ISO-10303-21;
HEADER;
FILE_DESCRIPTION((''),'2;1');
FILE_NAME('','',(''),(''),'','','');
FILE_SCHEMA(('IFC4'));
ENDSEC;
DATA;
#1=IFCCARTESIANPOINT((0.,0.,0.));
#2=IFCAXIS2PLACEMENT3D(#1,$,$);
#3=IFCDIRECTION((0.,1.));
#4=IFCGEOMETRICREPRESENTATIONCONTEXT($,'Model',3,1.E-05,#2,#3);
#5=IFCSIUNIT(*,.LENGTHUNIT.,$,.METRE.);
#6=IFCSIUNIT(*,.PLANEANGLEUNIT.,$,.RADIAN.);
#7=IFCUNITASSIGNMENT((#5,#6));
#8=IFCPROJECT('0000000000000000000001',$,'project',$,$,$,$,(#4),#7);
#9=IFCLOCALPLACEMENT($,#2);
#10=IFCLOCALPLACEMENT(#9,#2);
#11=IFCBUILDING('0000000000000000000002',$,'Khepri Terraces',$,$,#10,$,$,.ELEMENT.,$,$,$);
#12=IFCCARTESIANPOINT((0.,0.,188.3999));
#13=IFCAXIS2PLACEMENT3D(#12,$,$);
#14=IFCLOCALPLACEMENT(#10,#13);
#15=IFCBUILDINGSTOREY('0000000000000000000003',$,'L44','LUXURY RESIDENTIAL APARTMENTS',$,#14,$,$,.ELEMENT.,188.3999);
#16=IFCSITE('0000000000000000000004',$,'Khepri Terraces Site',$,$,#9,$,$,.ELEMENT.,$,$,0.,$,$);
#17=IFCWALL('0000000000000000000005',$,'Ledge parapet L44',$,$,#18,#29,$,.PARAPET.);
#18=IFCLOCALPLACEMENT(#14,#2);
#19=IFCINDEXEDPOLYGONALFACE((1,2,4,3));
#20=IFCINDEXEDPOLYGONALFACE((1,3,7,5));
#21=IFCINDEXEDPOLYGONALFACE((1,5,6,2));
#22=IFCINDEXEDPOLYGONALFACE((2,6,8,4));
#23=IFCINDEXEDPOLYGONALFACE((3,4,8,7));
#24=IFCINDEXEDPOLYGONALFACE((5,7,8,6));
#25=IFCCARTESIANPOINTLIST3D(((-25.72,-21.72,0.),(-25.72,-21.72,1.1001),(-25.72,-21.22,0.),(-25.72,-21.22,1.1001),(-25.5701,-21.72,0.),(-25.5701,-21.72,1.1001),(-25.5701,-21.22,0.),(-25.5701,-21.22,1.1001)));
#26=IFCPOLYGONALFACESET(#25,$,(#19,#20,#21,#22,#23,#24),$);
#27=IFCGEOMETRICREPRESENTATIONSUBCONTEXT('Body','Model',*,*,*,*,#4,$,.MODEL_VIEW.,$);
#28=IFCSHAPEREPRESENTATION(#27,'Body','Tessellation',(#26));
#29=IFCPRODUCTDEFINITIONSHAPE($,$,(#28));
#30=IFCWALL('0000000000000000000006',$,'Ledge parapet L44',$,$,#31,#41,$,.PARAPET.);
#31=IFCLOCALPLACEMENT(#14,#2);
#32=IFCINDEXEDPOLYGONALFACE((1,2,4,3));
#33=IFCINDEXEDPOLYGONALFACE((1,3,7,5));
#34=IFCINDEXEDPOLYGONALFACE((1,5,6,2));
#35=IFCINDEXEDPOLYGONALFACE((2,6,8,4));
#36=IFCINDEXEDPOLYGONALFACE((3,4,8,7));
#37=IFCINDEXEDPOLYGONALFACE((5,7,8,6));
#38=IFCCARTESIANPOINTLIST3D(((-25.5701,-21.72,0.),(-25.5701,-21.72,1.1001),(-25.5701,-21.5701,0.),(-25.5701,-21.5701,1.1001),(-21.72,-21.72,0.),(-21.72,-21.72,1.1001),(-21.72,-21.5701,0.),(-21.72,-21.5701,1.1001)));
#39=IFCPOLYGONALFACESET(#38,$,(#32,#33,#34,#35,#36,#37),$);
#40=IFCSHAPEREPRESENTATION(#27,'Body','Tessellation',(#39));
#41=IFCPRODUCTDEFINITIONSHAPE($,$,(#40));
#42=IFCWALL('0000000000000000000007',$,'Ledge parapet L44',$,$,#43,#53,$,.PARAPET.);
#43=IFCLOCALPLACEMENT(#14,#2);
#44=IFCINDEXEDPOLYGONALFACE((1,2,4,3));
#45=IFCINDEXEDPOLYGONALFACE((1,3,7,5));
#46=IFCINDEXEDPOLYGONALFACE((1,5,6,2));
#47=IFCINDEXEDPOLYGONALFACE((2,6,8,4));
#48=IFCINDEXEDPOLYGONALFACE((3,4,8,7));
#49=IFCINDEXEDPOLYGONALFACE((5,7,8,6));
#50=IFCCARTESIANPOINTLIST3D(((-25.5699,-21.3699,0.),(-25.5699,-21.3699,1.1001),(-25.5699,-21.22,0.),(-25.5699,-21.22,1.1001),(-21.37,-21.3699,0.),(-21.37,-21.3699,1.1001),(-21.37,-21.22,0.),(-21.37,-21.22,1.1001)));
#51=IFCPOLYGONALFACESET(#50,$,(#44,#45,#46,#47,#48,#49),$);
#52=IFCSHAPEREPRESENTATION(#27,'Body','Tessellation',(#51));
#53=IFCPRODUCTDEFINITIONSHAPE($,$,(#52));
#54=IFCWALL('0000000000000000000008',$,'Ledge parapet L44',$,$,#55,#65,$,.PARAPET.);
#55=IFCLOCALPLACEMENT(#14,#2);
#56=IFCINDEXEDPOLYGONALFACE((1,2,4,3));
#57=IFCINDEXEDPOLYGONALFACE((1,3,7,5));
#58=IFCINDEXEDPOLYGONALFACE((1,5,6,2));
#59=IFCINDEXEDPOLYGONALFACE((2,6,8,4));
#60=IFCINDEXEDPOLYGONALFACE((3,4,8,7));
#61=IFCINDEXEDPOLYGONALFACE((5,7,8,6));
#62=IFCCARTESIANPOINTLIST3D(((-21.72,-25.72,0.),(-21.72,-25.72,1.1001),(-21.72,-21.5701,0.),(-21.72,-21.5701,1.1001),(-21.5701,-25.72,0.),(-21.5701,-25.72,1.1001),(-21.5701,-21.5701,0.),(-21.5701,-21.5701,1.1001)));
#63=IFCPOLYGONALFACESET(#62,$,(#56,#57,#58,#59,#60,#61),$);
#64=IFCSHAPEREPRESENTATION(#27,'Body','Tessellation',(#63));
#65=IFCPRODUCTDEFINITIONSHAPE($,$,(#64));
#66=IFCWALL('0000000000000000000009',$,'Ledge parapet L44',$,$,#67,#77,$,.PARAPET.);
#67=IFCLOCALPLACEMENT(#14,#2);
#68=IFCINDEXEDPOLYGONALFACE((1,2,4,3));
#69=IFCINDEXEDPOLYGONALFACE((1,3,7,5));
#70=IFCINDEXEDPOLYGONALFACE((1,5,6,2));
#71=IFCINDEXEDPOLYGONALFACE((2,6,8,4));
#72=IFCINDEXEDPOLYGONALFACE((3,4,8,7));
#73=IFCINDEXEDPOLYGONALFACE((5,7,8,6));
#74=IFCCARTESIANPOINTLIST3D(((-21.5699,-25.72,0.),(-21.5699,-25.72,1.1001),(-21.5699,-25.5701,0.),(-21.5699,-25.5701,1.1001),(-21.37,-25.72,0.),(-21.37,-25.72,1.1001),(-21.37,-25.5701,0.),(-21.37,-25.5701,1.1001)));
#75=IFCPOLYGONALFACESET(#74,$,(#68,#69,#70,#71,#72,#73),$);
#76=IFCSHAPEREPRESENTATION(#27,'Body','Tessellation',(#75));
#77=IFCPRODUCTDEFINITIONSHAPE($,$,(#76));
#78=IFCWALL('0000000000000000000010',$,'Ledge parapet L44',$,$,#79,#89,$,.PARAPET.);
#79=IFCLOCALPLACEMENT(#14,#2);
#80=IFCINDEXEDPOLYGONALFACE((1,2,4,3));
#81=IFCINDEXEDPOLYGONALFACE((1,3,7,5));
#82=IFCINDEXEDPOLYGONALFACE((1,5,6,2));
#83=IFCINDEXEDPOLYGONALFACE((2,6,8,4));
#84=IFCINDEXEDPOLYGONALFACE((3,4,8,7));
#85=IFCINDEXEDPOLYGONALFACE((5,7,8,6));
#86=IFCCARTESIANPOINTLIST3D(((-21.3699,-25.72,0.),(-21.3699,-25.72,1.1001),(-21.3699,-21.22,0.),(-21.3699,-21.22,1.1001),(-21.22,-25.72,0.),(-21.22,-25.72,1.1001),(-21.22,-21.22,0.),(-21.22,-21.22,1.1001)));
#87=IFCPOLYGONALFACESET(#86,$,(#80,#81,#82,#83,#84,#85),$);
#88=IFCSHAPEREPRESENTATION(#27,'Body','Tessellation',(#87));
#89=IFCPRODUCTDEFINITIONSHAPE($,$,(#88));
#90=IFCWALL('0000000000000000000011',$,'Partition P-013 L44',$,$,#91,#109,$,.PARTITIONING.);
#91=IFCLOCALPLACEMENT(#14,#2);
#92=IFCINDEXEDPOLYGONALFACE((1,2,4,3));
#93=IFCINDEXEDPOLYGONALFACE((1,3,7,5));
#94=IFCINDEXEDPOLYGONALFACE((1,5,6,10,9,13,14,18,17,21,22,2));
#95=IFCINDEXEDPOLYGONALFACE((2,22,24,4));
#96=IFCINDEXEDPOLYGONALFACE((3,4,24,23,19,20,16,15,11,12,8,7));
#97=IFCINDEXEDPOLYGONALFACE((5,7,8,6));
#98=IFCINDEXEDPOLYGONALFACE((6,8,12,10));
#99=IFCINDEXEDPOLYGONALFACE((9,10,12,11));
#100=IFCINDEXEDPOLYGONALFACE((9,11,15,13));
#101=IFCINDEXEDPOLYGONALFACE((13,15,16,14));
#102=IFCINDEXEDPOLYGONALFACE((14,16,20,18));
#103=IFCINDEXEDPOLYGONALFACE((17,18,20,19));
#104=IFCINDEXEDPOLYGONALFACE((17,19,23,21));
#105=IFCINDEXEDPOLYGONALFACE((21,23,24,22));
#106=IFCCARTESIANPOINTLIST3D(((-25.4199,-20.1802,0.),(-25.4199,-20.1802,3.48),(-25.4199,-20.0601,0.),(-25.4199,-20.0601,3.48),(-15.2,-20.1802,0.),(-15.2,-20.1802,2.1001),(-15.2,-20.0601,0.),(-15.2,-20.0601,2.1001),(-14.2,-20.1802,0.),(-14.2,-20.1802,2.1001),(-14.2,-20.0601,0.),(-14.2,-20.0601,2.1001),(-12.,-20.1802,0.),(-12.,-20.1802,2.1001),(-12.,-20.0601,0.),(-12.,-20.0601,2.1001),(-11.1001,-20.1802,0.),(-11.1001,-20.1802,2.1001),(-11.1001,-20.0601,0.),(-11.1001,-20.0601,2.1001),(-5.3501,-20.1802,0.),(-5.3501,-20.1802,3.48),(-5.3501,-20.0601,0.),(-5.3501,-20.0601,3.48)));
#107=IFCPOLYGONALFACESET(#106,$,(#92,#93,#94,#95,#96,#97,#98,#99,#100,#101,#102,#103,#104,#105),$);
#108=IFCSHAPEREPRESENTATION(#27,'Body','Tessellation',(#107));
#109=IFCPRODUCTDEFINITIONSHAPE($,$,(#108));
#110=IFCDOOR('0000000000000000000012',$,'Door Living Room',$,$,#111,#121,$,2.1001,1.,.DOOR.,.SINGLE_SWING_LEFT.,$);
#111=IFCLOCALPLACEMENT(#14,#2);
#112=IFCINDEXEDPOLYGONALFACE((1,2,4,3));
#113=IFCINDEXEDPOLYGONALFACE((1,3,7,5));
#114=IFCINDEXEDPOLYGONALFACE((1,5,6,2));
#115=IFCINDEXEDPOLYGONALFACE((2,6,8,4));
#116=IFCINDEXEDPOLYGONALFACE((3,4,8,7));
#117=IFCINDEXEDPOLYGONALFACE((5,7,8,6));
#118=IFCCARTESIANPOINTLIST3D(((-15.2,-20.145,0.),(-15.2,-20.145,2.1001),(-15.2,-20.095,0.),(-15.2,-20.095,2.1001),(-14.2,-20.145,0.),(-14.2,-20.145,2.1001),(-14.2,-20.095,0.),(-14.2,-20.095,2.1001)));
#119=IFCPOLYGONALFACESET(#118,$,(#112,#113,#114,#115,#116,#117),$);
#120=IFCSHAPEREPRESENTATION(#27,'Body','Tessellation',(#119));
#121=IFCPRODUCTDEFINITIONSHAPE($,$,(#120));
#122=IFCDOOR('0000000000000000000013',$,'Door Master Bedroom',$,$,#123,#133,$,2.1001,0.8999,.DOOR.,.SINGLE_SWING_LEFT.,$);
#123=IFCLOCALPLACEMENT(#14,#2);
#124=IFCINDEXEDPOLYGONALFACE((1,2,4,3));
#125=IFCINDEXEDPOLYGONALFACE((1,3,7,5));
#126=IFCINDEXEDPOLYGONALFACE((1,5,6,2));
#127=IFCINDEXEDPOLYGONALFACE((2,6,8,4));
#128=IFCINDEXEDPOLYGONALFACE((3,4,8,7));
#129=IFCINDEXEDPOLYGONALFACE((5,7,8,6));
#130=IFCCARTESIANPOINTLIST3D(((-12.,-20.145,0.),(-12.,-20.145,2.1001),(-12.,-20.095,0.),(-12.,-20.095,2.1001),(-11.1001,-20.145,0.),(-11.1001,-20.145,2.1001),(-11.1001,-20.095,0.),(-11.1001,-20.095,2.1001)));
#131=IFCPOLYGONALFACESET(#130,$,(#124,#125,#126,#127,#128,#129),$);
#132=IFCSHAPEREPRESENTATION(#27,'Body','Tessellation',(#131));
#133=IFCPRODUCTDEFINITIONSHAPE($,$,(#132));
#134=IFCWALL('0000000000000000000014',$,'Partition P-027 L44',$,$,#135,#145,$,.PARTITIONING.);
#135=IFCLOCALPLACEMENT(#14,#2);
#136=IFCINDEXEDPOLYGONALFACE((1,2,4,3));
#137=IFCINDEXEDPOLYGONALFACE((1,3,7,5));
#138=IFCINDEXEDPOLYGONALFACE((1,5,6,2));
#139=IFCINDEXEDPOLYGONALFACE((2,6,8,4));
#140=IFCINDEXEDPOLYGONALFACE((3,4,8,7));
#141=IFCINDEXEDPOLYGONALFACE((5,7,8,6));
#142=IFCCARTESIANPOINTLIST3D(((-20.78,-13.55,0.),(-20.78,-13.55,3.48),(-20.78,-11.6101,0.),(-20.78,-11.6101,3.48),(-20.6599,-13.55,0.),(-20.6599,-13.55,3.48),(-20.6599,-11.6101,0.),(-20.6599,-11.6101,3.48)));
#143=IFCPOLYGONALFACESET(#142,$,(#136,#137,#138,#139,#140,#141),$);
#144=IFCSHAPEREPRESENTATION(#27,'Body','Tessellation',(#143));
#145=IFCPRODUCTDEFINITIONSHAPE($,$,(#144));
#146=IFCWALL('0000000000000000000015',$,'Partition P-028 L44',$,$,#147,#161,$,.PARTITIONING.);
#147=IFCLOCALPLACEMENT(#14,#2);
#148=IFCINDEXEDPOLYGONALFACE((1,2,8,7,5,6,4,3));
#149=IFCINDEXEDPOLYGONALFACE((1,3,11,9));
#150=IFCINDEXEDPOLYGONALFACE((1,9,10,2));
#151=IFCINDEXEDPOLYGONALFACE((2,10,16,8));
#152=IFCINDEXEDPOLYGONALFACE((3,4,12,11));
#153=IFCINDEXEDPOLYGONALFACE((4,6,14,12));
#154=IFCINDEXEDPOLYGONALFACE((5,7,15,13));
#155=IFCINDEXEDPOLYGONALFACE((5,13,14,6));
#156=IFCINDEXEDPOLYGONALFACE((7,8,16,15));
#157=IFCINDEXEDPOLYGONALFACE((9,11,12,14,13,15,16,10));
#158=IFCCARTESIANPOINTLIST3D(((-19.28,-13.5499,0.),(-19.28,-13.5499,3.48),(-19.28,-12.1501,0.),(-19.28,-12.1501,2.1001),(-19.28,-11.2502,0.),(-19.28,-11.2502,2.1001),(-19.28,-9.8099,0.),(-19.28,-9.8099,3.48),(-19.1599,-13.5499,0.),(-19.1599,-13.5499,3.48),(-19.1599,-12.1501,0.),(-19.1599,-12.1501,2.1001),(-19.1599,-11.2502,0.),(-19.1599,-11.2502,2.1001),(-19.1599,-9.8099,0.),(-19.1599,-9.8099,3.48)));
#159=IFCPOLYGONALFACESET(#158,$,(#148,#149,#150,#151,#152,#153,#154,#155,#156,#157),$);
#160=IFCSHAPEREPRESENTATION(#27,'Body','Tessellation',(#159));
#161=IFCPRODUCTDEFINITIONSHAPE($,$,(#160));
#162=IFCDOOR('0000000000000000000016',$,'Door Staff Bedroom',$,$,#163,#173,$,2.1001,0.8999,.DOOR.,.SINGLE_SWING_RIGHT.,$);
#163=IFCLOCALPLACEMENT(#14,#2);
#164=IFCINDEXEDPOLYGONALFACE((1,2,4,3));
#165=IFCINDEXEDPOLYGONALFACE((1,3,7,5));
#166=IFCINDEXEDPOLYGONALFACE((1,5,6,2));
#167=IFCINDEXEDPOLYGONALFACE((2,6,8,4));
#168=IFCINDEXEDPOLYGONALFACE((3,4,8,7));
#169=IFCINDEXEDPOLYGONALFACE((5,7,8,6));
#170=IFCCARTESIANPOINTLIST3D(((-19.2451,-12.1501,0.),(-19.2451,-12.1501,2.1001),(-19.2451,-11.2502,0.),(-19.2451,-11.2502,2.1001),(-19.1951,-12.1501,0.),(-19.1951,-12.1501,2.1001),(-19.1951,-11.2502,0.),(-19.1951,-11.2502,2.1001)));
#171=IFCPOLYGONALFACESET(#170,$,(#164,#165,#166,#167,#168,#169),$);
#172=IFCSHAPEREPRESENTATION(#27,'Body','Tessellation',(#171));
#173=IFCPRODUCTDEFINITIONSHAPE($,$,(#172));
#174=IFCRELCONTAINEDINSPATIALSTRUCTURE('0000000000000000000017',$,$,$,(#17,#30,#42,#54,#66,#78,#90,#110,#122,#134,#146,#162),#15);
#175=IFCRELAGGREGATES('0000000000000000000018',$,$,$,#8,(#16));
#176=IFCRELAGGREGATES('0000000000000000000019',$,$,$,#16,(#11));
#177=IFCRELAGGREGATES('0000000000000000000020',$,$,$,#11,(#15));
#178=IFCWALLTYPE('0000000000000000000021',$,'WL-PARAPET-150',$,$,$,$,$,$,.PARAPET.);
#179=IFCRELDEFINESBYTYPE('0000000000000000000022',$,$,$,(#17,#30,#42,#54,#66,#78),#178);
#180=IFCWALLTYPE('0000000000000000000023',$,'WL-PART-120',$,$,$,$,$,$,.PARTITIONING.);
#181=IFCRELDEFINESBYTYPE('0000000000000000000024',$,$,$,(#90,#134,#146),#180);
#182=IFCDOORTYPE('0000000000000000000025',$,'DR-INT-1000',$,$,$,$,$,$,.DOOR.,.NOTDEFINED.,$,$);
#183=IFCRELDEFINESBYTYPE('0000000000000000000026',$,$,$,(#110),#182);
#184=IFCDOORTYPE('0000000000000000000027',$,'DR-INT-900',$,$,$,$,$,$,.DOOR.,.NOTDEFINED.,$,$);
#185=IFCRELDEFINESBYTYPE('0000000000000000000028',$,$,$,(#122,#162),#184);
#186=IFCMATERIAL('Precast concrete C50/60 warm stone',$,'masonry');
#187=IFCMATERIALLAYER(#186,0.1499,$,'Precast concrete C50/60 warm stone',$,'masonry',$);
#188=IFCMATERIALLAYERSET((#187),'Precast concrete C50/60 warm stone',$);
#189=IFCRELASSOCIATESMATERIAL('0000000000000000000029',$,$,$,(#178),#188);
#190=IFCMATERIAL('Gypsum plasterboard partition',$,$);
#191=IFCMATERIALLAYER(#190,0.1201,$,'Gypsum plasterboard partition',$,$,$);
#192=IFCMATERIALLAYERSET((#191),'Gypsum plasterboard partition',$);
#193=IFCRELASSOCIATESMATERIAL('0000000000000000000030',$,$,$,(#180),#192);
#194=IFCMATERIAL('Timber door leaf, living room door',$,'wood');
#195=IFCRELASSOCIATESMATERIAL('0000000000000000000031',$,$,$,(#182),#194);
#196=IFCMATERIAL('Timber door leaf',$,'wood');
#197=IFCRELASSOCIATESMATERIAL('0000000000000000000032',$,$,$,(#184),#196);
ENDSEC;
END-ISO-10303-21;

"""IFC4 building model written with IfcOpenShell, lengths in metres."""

from ifc_helpers import new_model, si_unit, direction, frame, frame_2d, origin, place, context, subcontext, project, spatial, rectangle, extrude, material, layer, layer_set, type_object, element, fill, save


model = new_model("IFC4")

# Units and contexts
model_context = context("Model", 3, precision=1e-05, world=origin(), true_north=direction((0.0, 1.0)))
body_context = subcontext(model_context, "Body", "Model", "MODEL_VIEW")
ifc_project = project(units=[si_unit("LENGTHUNIT", "METRE"), si_unit("PLANEANGLEUNIT", "RADIAN")], contexts=[model_context])

# Site, building, storey
site_placement = place(None, origin())
site = spatial("IfcSite", under=ifc_project, at=site_placement, Name="Khepri Terraces Site", CompositionType="ELEMENT", RefElevation=0.0)
building_placement = place(site_placement, origin())
building = spatial("IfcBuilding", under=site, at=building_placement, Name="Khepri Terraces", CompositionType="ELEMENT")
storey_placement = place(building_placement, frame((0.0, 0.0, 188.3999)))
storey = spatial("IfcBuildingStorey", under=building, at=storey_placement, Name="L44", Description="LUXURY RESIDENTIAL APARTMENTS", CompositionType="ELEMENT", Elevation=188.3999)

# Shared definitions
ifc_material_1 = material(Name="Precast concrete C50/60 warm stone", Category="masonry")

# Walls
ifc_layer_1 = layer(ifc_material_1, 0.1499, Name="Precast concrete C50/60 warm stone", Category="masonry")
ifc_layer_set_1 = layer_set([ifc_layer_1], Name="Precast concrete C50/60 warm stone")
wall_type_1 = type_object("IfcWallType", Name="WL-PARAPET-150", PredefinedType="PARAPET", material=ifc_layer_set_1)
wall_1_placement = place(storey_placement, frame((-25.645, -21.72, 0.0), z_axis=(0.0, 0.0, 1.0), x_axis=(0.0, 1.0, 0.0)))
element("IfcWall", 1, at=wall_1_placement, inside=storey, type_object=wall_type_1, Name="Ledge parapet L44", PredefinedType="PARAPET", context=body_context, shape_type="SweptSolid", body=[
    extrude(rectangle(XDim=0.5, YDim=0.1499, at=frame_2d((0.25, 0.0))), origin(), (0.0, 0.0, 1.0), 1.1001),
])
wall_2_placement = place(storey_placement, frame((-25.5701, -21.645, 0.0), z_axis=(0.0, 0.0, 1.0), x_axis=(1.0, 0.0, 0.0)))
element("IfcWall", 2, at=wall_2_placement, inside=storey, type_object=wall_type_1, Name="Ledge parapet L44", PredefinedType="PARAPET", context=body_context, shape_type="SweptSolid", body=[
    extrude(rectangle(XDim=3.8501, YDim=0.1499, at=frame_2d((1.925, 0.0))), origin(), (0.0, 0.0, 1.0), 1.1001),
])
wall_3_placement = place(storey_placement, frame((-25.5701, -21.2949, 0.0), z_axis=(0.0, 0.0, 1.0), x_axis=(1.0, 0.0, 0.0)))
element("IfcWall", 3, at=wall_3_placement, inside=storey, type_object=wall_type_1, Name="Ledge parapet L44", PredefinedType="PARAPET", context=body_context, shape_type="SweptSolid", body=[
    extrude(rectangle(XDim=4.2, YDim=0.1499, at=frame_2d((2.1001, 0.0))), origin(), (0.0, 0.0, 1.0), 1.1001),
])
wall_4_placement = place(storey_placement, frame((-21.645, -25.72, 0.0), z_axis=(0.0, 0.0, 1.0), x_axis=(0.0, 1.0, 0.0)))
element("IfcWall", 4, at=wall_4_placement, inside=storey, type_object=wall_type_1, Name="Ledge parapet L44", PredefinedType="PARAPET", context=body_context, shape_type="SweptSolid", body=[
    extrude(rectangle(XDim=4.1499, YDim=0.1499, at=frame_2d((2.075, 0.0))), origin(), (0.0, 0.0, 1.0), 1.1001),
])
wall_5_placement = place(storey_placement, frame((-21.5701, -25.645, 0.0), z_axis=(0.0, 0.0, 1.0), x_axis=(1.0, 0.0, 0.0)))
element("IfcWall", 5, at=wall_5_placement, inside=storey, type_object=wall_type_1, Name="Ledge parapet L44", PredefinedType="PARAPET", context=body_context, shape_type="SweptSolid", body=[
    extrude(rectangle(XDim=0.2, YDim=0.1499, at=frame_2d((0.1001, 0.0))), origin(), (0.0, 0.0, 1.0), 1.1001),
])
wall_6_placement = place(storey_placement, frame((-21.2949, -25.72, 0.0), z_axis=(0.0, 0.0, 1.0), x_axis=(0.0, 1.0, 0.0)))
element("IfcWall", 6, at=wall_6_placement, inside=storey, type_object=wall_type_1, Name="Ledge parapet L44", PredefinedType="PARAPET", context=body_context, shape_type="SweptSolid", body=[
    extrude(rectangle(XDim=4.5, YDim=0.1499, at=frame_2d((2.25, 0.0))), origin(), (0.0, 0.0, 1.0), 1.1001),
])

# Wall, openings, doors
ifc_material_2 = material(Name="Gypsum plasterboard partition")
ifc_layer_2 = layer(ifc_material_2, 0.1201, Name="Gypsum plasterboard partition")
ifc_layer_set_2 = layer_set([ifc_layer_2], Name="Gypsum plasterboard partition")
wall_type_2 = type_object("IfcWallType", Name="WL-PART-120", PredefinedType="PARTITIONING", material=ifc_layer_set_2)
wall_7_placement = place(storey_placement, frame((-25.4199, -20.1201, 0.0), z_axis=(0.0, 0.0, 1.0), x_axis=(1.0, 0.0, 0.0)))
wall_7 = element("IfcWall", 7, at=wall_7_placement, inside=storey, type_object=wall_type_2, Name="Partition P-013 L44", PredefinedType="PARTITIONING", context=body_context, shape_type="SweptSolid", body=[
    extrude(rectangle(XDim=20.0698, YDim=0.1201, at=frame_2d((10.0349, 0.0))), origin(), (0.0, 0.0, 1.0), 3.48),
])
opening_1_placement = place(wall_7_placement, frame((10.22, 0.0, 0.0)))
opening_1 = element("IfcOpeningElement", 8, at=opening_1_placement, cuts=wall_7, PredefinedType="OPENING", context=body_context, shape_type="SweptSolid", body=[
    extrude(rectangle(XDim=1.0, YDim=2.1001, at=frame_2d((0.5, 1.05))), frame((0.0, 0.0701, 0.0), z_axis=(0.0, -1.0, 0.0), x_axis=(1.0, 0.0, 0.0)), (0.0, 0.0, 1.0), 0.1401),
])
opening_2_placement = place(wall_7_placement, frame((13.4199, 0.0, 0.0)))
opening_2 = element("IfcOpeningElement", 9, at=opening_2_placement, cuts=wall_7, PredefinedType="OPENING", context=body_context, shape_type="SweptSolid", body=[
    extrude(rectangle(XDim=0.8999, YDim=2.1001, at=frame_2d((0.45, 1.05))), frame((0.0, 0.0701, 0.0), z_axis=(0.0, -1.0, 0.0), x_axis=(1.0, 0.0, 0.0)), (0.0, 0.0, 1.0), 0.1401),
])
ifc_material_3 = material(Name="Timber door leaf, living room door", Category="wood")
door_type_1 = type_object("IfcDoorType", Name="DR-INT-1000", OperationType="NOTDEFINED", PredefinedType="DOOR", material=ifc_material_3)
door_1_placement = place(opening_1_placement, frame((1.0, 0.0, 0.0), z_axis=(0.0, 0.0, 1.0), x_axis=(-1.0, 0.0, 0.0)))
door_1 = element("IfcDoor", 10, at=door_1_placement, inside=storey, type_object=door_type_1, Name="Door Living Room", OperationType="SINGLE_SWING_LEFT", OverallHeight=2.1001, OverallWidth=1.0, PredefinedType="DOOR", context=body_context, shape_type="SweptSolid", body=[
    extrude(rectangle(XDim=1.0, YDim=2.1001, at=frame_2d((0.5, 1.05))), frame((0.0, 0.0249, 0.0), z_axis=(0.0, -1.0, 0.0), x_axis=(1.0, 0.0, 0.0)), (0.0, 0.0, 1.0), 0.05),
])
fill(opening_1, door_1)
ifc_material_4 = material(Name="Timber door leaf", Category="wood")
door_type_2 = type_object("IfcDoorType", Name="DR-INT-900", OperationType="NOTDEFINED", PredefinedType="DOOR", material=ifc_material_4)
door_2_placement = place(opening_2_placement, frame((0.8999, 0.0, 0.0), z_axis=(0.0, 0.0, 1.0), x_axis=(-1.0, 0.0, 0.0)))
door_2 = element("IfcDoor", 11, at=door_2_placement, inside=storey, type_object=door_type_2, Name="Door Master Bedroom", OperationType="SINGLE_SWING_LEFT", OverallHeight=2.1001, OverallWidth=0.8999, PredefinedType="DOOR", context=body_context, shape_type="SweptSolid", body=[
    extrude(rectangle(XDim=0.8999, YDim=2.1001, at=frame_2d((0.45, 1.05))), frame((0.0, 0.0249, 0.0), z_axis=(0.0, -1.0, 0.0), x_axis=(1.0, 0.0, 0.0)), (0.0, 0.0, 1.0), 0.05),
])
fill(opening_2, door_2)

# Wall
wall_8_placement = place(storey_placement, frame((-20.72, -13.55, 0.0), z_axis=(0.0, 0.0, 1.0), x_axis=(0.0, 1.0, 0.0)))
element("IfcWall", 12, at=wall_8_placement, inside=storey, type_object=wall_type_2, Name="Partition P-027 L44", PredefinedType="PARTITIONING", context=body_context, shape_type="SweptSolid", body=[
    extrude(rectangle(XDim=1.9399, YDim=0.1201, at=frame_2d((0.97, 0.0))), origin(), (0.0, 0.0, 1.0), 3.48),
])

# Wall, opening, door
wall_9_placement = place(storey_placement, frame((-19.22, -13.55, 0.0), z_axis=(0.0, 0.0, 1.0), x_axis=(0.0, 1.0, 0.0)))
wall_9 = element("IfcWall", 13, at=wall_9_placement, inside=storey, type_object=wall_type_2, Name="Partition P-028 L44", PredefinedType="PARTITIONING", context=body_context, shape_type="SweptSolid", body=[
    extrude(rectangle(XDim=3.74, YDim=0.1201, at=frame_2d((1.8701, 0.0))), origin(), (0.0, 0.0, 1.0), 3.48),
])
opening_3_placement = place(wall_9_placement, frame((1.3999, 0.0, 0.0)))
opening_3 = element("IfcOpeningElement", 14, at=opening_3_placement, cuts=wall_9, PredefinedType="OPENING", context=body_context, shape_type="SweptSolid", body=[
    extrude(rectangle(XDim=0.8999, YDim=2.1001, at=frame_2d((0.45, 1.05))), frame((0.0, 0.0701, 0.0), z_axis=(0.0, -1.0, 0.0), x_axis=(1.0, 0.0, 0.0)), (0.0, 0.0, 1.0), 0.1401),
])
door_3_placement = place(opening_3_placement, frame((0.8999, 0.0, 0.0), z_axis=(0.0, 0.0, 1.0), x_axis=(-1.0, 0.0, 0.0)))
door_3 = element("IfcDoor", 15, at=door_3_placement, inside=storey, type_object=door_type_2, Name="Door Staff Bedroom", OperationType="SINGLE_SWING_RIGHT", OverallHeight=2.1001, OverallWidth=0.8999, PredefinedType="DOOR", context=body_context, shape_type="SweptSolid", body=[
    extrude(rectangle(XDim=0.8999, YDim=2.1001, at=frame_2d((0.45, 1.05))), frame((0.0, 0.0249, 0.0), z_axis=(0.0, -1.0, 0.0), x_axis=(1.0, 0.0, 0.0)), (0.0, 0.0, 1.0), 0.05),
])
fill(opening_3, door_3)

save(model, "model.ifc")
